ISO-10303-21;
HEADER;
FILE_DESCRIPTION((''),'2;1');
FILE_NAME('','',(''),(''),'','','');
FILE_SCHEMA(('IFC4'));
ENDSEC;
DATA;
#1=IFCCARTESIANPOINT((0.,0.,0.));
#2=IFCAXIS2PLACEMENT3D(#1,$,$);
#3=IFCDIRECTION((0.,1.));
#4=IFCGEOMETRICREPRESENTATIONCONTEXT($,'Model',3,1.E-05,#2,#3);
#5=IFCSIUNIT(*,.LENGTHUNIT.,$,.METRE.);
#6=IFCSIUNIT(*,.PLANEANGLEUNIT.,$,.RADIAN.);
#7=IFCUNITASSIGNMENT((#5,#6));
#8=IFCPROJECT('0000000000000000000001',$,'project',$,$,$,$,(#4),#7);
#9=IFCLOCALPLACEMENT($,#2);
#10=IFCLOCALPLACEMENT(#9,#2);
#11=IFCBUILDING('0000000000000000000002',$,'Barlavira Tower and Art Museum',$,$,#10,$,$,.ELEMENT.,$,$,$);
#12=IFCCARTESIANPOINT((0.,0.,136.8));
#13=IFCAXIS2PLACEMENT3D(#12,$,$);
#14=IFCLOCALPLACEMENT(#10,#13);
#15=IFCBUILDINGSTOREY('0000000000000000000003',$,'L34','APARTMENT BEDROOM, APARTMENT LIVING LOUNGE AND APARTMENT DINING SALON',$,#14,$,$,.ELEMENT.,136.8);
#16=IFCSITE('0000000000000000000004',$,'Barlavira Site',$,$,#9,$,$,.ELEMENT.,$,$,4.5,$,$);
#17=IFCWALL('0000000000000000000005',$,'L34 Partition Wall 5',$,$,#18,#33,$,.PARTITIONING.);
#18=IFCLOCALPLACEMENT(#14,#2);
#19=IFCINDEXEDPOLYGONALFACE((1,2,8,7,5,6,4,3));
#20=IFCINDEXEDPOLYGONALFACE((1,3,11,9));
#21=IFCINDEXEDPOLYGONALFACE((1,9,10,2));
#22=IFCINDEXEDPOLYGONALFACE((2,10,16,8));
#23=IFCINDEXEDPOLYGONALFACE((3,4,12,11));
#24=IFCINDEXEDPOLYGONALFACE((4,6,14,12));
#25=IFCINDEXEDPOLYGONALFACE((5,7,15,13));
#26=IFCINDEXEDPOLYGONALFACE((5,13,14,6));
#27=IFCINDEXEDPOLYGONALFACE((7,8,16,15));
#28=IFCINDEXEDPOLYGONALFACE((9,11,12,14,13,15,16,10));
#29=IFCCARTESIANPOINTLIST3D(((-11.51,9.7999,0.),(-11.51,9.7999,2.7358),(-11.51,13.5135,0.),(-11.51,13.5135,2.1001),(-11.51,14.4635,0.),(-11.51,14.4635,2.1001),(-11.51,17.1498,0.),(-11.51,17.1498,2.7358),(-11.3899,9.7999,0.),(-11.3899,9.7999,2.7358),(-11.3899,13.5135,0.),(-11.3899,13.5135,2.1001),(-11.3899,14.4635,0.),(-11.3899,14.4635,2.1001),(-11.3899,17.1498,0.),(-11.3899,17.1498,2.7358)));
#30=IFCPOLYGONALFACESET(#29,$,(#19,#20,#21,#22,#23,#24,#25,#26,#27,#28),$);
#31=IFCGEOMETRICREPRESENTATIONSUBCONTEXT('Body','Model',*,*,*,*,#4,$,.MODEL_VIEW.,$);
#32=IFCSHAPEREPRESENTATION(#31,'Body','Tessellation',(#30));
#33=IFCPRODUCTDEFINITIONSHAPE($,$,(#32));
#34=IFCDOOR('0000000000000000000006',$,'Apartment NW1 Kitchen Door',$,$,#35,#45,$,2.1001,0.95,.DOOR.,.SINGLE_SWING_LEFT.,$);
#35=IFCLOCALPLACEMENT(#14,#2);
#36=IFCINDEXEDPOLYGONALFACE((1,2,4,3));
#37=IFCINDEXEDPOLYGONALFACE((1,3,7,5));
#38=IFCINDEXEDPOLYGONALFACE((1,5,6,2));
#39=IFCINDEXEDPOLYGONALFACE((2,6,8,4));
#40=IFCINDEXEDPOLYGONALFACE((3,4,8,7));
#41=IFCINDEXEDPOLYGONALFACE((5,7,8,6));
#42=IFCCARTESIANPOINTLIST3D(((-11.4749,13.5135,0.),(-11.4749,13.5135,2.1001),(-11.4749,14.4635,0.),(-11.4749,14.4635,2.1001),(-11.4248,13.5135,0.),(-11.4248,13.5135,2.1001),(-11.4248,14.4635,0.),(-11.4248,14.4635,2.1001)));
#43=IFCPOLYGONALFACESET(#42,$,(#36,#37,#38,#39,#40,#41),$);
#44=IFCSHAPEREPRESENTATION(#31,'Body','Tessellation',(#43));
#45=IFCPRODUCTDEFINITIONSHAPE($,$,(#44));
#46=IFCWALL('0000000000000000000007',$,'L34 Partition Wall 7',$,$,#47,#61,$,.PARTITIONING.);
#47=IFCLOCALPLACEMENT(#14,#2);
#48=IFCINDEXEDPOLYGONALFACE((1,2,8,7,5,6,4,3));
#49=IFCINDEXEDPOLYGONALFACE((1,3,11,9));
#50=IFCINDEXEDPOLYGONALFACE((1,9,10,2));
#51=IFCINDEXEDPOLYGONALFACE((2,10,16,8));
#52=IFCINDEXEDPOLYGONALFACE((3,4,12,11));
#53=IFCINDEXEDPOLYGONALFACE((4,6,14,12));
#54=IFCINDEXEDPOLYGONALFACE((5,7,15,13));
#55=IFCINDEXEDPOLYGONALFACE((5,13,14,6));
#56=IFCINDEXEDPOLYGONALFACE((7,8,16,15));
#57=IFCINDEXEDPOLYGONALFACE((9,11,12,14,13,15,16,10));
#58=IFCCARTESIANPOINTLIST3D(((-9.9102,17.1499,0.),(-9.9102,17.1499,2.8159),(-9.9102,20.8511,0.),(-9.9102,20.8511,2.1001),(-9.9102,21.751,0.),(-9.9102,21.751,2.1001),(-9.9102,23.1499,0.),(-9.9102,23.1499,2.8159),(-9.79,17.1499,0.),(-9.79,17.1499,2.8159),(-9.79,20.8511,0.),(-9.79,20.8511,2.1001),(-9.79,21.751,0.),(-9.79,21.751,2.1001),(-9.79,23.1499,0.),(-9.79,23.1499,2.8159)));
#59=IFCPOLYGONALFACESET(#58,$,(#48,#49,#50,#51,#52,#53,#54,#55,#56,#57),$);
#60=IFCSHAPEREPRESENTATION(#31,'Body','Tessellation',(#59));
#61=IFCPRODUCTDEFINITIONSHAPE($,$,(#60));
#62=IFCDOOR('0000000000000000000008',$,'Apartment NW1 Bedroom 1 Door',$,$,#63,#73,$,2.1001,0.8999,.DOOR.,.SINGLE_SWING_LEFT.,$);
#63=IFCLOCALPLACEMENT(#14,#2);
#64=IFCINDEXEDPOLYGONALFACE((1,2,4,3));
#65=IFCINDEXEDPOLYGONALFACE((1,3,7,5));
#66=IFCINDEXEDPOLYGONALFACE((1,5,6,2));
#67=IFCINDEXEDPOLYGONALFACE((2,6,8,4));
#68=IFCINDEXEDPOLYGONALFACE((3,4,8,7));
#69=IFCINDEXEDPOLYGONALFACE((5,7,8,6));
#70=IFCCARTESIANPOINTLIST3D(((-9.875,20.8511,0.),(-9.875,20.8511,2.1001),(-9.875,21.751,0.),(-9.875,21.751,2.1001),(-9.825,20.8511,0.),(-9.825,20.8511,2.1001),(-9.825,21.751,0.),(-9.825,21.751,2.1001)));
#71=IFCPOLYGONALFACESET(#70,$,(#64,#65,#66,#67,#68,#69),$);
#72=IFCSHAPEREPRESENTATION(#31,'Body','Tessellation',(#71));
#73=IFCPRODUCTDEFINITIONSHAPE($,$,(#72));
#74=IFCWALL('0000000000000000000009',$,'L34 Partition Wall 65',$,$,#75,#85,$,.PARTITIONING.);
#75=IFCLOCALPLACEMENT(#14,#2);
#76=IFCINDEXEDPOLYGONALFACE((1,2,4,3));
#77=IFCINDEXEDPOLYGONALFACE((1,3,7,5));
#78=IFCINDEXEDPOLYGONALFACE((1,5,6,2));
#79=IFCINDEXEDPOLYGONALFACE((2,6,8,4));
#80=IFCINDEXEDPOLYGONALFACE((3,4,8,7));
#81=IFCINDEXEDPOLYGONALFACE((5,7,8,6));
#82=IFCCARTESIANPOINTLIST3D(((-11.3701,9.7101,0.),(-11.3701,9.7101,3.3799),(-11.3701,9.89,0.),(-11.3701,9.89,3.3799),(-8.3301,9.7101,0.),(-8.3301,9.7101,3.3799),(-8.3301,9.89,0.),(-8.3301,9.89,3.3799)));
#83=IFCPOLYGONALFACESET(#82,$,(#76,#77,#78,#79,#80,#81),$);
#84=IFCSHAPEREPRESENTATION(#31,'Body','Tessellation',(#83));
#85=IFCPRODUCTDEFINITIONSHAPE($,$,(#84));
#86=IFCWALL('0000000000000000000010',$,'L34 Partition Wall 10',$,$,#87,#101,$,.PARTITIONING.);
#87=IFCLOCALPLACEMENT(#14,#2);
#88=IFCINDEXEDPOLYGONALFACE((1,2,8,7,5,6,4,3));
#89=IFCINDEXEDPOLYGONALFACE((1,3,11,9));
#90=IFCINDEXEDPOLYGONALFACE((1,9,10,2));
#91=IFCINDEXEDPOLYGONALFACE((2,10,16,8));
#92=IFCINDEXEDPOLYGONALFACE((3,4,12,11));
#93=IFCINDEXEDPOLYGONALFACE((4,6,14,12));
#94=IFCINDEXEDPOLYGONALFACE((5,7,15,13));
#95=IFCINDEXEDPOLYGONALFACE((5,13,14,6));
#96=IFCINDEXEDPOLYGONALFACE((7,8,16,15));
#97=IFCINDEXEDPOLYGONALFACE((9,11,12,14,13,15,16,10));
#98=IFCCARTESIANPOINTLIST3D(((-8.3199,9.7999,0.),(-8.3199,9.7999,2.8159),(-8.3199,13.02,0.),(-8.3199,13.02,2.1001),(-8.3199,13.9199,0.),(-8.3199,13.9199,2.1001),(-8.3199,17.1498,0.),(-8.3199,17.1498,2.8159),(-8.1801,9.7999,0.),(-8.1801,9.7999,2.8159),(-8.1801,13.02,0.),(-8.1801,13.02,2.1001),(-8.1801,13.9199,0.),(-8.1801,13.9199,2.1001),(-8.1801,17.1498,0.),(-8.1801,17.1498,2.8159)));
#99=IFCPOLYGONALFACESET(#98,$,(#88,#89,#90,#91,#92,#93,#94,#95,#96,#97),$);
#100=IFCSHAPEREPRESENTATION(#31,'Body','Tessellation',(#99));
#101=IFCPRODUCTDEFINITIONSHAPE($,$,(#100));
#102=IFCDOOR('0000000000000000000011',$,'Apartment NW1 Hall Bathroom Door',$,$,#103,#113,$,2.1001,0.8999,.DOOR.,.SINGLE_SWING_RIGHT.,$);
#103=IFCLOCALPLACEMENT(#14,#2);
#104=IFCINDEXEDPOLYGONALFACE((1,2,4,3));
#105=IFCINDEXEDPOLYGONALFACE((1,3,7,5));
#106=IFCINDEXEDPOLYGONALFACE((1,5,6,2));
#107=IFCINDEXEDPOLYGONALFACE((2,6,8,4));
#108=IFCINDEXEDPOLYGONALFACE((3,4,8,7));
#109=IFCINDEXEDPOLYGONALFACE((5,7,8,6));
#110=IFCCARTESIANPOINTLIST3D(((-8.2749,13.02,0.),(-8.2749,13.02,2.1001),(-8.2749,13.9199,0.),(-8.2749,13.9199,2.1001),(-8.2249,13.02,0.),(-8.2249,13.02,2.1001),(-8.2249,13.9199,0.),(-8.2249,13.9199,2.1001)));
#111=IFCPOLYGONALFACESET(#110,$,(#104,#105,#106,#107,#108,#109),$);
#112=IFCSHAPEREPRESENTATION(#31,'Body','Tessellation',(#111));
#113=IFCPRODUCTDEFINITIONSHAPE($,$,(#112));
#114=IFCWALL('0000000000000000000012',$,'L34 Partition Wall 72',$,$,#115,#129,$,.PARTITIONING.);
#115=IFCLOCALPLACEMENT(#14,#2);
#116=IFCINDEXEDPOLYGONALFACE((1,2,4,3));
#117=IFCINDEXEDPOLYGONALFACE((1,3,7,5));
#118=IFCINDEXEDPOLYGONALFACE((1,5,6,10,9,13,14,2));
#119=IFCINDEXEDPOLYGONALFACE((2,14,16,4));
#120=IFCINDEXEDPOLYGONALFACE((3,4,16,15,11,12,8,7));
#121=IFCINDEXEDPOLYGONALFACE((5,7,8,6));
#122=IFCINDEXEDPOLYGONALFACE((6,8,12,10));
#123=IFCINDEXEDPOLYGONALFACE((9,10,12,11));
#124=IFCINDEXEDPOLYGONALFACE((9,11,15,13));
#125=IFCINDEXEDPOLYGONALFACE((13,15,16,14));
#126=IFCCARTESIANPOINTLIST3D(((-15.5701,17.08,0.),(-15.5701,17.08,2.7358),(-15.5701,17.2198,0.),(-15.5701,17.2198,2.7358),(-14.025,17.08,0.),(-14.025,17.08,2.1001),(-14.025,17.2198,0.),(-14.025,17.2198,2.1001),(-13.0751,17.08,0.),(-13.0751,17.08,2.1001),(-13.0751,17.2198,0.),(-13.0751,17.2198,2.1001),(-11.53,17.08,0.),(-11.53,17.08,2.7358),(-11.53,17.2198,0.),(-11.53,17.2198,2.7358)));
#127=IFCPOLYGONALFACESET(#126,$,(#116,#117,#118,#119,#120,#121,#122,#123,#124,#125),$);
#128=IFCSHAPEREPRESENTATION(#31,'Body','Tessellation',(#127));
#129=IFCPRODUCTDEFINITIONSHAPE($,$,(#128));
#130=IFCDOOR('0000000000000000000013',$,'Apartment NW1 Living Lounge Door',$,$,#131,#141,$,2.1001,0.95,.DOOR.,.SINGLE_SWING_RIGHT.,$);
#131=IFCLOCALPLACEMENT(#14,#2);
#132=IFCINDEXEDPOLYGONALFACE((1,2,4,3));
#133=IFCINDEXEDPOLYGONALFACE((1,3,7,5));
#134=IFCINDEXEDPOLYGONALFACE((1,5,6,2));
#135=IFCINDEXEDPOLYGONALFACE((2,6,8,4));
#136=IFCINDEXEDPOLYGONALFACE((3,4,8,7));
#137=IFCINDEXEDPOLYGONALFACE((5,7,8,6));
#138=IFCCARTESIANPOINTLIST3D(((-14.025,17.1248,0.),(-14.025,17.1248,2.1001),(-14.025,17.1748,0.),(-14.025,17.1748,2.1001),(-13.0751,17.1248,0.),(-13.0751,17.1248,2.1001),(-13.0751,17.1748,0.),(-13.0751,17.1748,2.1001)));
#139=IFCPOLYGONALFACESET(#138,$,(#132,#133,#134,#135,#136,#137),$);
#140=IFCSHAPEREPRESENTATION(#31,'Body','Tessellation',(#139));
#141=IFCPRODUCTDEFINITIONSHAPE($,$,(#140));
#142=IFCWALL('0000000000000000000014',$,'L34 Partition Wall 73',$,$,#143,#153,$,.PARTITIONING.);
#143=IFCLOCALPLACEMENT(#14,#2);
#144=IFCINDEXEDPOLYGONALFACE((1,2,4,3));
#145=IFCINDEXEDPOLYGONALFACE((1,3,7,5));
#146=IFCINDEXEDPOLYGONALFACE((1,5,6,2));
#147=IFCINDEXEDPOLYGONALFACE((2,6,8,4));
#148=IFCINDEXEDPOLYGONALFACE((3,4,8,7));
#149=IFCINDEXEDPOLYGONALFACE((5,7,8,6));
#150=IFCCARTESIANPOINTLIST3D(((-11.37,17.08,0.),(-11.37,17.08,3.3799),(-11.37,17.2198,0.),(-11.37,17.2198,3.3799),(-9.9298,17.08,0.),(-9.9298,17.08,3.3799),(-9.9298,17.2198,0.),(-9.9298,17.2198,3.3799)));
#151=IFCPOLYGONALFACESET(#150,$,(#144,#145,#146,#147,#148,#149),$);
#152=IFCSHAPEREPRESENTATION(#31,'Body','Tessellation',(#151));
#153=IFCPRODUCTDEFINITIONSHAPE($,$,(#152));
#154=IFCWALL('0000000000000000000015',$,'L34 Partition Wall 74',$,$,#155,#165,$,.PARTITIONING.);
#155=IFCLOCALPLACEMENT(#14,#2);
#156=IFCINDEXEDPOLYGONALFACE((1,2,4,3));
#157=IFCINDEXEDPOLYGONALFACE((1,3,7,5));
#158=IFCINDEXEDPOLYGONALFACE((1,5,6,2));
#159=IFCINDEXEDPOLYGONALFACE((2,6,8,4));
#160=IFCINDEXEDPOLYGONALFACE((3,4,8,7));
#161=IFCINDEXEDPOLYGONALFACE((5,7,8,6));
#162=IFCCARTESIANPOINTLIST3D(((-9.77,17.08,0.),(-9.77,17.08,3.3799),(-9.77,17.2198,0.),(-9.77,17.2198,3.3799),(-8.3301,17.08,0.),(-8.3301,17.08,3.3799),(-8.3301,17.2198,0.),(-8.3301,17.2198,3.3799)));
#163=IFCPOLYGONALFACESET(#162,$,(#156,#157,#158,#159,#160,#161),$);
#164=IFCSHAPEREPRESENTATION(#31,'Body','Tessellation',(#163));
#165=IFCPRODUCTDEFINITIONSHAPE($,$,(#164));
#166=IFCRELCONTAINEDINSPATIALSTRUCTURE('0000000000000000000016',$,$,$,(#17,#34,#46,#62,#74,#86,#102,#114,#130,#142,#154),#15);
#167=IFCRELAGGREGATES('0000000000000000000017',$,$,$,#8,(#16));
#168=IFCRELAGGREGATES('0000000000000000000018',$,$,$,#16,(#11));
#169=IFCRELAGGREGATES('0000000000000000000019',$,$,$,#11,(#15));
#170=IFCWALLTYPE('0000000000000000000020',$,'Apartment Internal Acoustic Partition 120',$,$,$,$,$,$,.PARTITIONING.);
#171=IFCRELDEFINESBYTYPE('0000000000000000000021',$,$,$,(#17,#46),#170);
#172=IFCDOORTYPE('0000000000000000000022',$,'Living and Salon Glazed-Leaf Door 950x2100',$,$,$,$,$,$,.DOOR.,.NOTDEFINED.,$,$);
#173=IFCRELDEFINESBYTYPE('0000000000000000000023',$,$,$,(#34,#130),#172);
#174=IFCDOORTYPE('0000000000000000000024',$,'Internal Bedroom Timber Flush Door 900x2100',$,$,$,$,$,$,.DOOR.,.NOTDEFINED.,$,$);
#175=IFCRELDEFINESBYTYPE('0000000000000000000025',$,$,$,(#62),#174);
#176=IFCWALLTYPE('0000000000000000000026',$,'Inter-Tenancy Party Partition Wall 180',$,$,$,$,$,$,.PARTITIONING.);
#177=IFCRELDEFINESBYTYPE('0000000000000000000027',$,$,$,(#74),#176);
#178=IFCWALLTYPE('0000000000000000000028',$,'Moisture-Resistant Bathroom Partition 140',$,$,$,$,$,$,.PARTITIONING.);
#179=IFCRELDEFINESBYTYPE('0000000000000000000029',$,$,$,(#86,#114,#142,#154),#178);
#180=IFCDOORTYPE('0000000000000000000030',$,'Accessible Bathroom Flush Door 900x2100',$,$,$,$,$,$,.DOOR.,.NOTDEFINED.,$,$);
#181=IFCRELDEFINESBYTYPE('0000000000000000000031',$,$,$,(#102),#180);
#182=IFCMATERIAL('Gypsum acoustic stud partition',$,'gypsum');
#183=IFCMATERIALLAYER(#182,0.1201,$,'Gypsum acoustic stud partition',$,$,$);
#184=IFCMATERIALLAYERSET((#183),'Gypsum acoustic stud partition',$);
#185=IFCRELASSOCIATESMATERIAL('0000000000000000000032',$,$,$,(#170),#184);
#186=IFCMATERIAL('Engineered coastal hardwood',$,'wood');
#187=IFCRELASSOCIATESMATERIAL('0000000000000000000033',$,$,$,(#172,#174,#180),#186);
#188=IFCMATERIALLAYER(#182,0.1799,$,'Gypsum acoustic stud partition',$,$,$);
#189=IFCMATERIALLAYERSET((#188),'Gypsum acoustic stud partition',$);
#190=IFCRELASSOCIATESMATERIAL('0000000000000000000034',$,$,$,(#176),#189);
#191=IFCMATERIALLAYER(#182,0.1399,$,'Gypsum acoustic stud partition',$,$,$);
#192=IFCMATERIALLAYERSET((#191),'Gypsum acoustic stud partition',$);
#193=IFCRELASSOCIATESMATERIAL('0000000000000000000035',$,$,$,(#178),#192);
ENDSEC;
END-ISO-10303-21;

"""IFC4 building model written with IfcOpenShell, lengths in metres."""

from ifc_helpers import new_model, si_unit, direction, frame, frame_2d, origin, place, context, subcontext, project, spatial, rectangle, extrude, material, layer, layer_set, type_object, element, fill, save


model = new_model("IFC4")

# Units and contexts
model_context = context("Model", 3, precision=1e-05, world=origin(), true_north=direction((0.0, 1.0)))
body_context = subcontext(model_context, "Body", "Model", "MODEL_VIEW")
ifc_project = project(units=[si_unit("LENGTHUNIT", "METRE"), si_unit("PLANEANGLEUNIT", "RADIAN")], contexts=[model_context])

# Site, building, storey
site_placement = place(None, origin())
site = spatial("IfcSite", under=ifc_project, at=site_placement, Name="Barlavira Site", CompositionType="ELEMENT", RefElevation=4.5)
building_placement = place(site_placement, origin())
building = spatial("IfcBuilding", under=site, at=building_placement, Name="Barlavira Tower and Art Museum", CompositionType="ELEMENT")
storey_placement = place(building_placement, frame((0.0, 0.0, 136.8)))
storey = spatial("IfcBuildingStorey", under=building, at=storey_placement, Name="L34", Description="APARTMENT BEDROOM, APARTMENT LIVING LOUNGE AND APARTMENT DINING SALON", CompositionType="ELEMENT", Elevation=136.8)

# Walls, openings, doors
ifc_material_1 = material(Name="Gypsum acoustic stud partition", Category="gypsum")
ifc_layer_1 = layer(ifc_material_1, 0.1201, Name="Gypsum acoustic stud partition")
ifc_layer_set_1 = layer_set([ifc_layer_1], Name="Gypsum acoustic stud partition")
wall_type_1 = type_object("IfcWallType", Name="Apartment Internal Acoustic Partition 120", PredefinedType="PARTITIONING", material=ifc_layer_set_1)
wall_1_placement = place(storey_placement, frame((-11.45, 9.8, 0.0), z_axis=(0.0, 0.0, 1.0), x_axis=(0.0, 1.0, 0.0)))
wall_1 = element("IfcWall", 1, at=wall_1_placement, inside=storey, type_object=wall_type_1, Name="L34 Partition Wall 5", PredefinedType="PARTITIONING", context=body_context, shape_type="SweptSolid", body=[
    extrude(rectangle(XDim=7.3499, YDim=0.1201, at=frame_2d((3.6748, 0.0))), origin(), (0.0, 0.0, 1.0), 2.7358),
])
opening_1_placement = place(wall_1_placement, frame((3.7134, 0.0, 0.0)))
opening_1 = element("IfcOpeningElement", 2, at=opening_1_placement, cuts=wall_1, PredefinedType="OPENING", context=body_context, shape_type="SweptSolid", body=[
    extrude(rectangle(XDim=0.95, YDim=2.1001, at=frame_2d((0.4751, 1.05))), frame((0.0, 0.0701, 0.0), z_axis=(0.0, -1.0, 0.0), x_axis=(1.0, 0.0, 0.0)), (0.0, 0.0, 1.0), 0.1401),
])
ifc_material_2 = material(Name="Engineered coastal hardwood", Category="wood")
door_type_1 = type_object("IfcDoorType", Name="Living and Salon Glazed-Leaf Door 950x2100", OperationType="NOTDEFINED", PredefinedType="DOOR", material=ifc_material_2)
door_1_placement = place(opening_1_placement, origin())
door_1 = element("IfcDoor", 3, at=door_1_placement, inside=storey, type_object=door_type_1, Name="Apartment NW1 Kitchen Door", OperationType="SINGLE_SWING_LEFT", OverallHeight=2.1001, OverallWidth=0.95, PredefinedType="DOOR", context=body_context, shape_type="SweptSolid", body=[
    extrude(rectangle(XDim=0.95, YDim=2.1001, at=frame_2d((0.4751, 1.05))), frame((0.0, 0.0249, 0.0), z_axis=(0.0, -1.0, 0.0), x_axis=(1.0, 0.0, 0.0)), (0.0, 0.0, 1.0), 0.05),
])
fill(opening_1, door_1)
wall_2_placement = place(storey_placement, frame((-9.8501, 17.1499, 0.0), z_axis=(0.0, 0.0, 1.0), x_axis=(0.0, 1.0, 0.0)))
wall_2 = element("IfcWall", 4, at=wall_2_placement, inside=storey, type_object=wall_type_1, Name="L34 Partition Wall 7", PredefinedType="PARTITIONING", context=body_context, shape_type="SweptSolid", body=[
    extrude(rectangle(XDim=6.0, YDim=0.1201, at=frame_2d((3.0, 0.0))), origin(), (0.0, 0.0, 1.0), 2.8159),
])
opening_2_placement = place(wall_2_placement, frame((3.7012, 0.0, 0.0)))
opening_2 = element("IfcOpeningElement", 5, at=opening_2_placement, cuts=wall_2, PredefinedType="OPENING", context=body_context, shape_type="SweptSolid", body=[
    extrude(rectangle(XDim=0.8999, YDim=2.1001, at=frame_2d((0.45, 1.05))), frame((0.0, 0.0701, 0.0), z_axis=(0.0, -1.0, 0.0), x_axis=(1.0, 0.0, 0.0)), (0.0, 0.0, 1.0), 0.1401),
])
door_type_2 = type_object("IfcDoorType", Name="Internal Bedroom Timber Flush Door 900x2100", OperationType="NOTDEFINED", PredefinedType="DOOR", material=ifc_material_2)
door_2_placement = place(opening_2_placement, origin())
door_2 = element("IfcDoor", 6, at=door_2_placement, inside=storey, type_object=door_type_2, Name="Apartment NW1 Bedroom 1 Door", OperationType="SINGLE_SWING_LEFT", OverallHeight=2.1001, OverallWidth=0.8999, PredefinedType="DOOR", context=body_context, shape_type="SweptSolid", body=[
    extrude(rectangle(XDim=0.8999, YDim=2.1001, at=frame_2d((0.45, 1.05))), frame((0.0, 0.0249, 0.0), z_axis=(0.0, -1.0, 0.0), x_axis=(1.0, 0.0, 0.0)), (0.0, 0.0, 1.0), 0.05),
])
fill(opening_2, door_2)

# Wall
ifc_layer_2 = layer(ifc_material_1, 0.1799, Name="Gypsum acoustic stud partition")
ifc_layer_set_2 = layer_set([ifc_layer_2], Name="Gypsum acoustic stud partition")
wall_type_2 = type_object("IfcWallType", Name="Inter-Tenancy Party Partition Wall 180", PredefinedType="PARTITIONING", material=ifc_layer_set_2)
wall_3_placement = place(storey_placement, frame((-11.3701, 9.8, 0.0), z_axis=(0.0, 0.0, 1.0), x_axis=(1.0, 0.0, 0.0)))
element("IfcWall", 7, at=wall_3_placement, inside=storey, type_object=wall_type_2, Name="L34 Partition Wall 65", PredefinedType="PARTITIONING", context=body_context, shape_type="SweptSolid", body=[
    extrude(rectangle(XDim=3.04, YDim=0.1799, at=frame_2d((1.52, 0.0))), origin(), (0.0, 0.0, 1.0), 3.3799),
])

# Walls, openings, doors
ifc_layer_3 = layer(ifc_material_1, 0.1399, Name="Gypsum acoustic stud partition")
ifc_layer_set_3 = layer_set([ifc_layer_3], Name="Gypsum acoustic stud partition")
wall_type_3 = type_object("IfcWallType", Name="Moisture-Resistant Bathroom Partition 140", PredefinedType="PARTITIONING", material=ifc_layer_set_3)
wall_4_placement = place(storey_placement, frame((-8.25, 9.8, 0.0), z_axis=(0.0, 0.0, 1.0), x_axis=(0.0, 1.0, 0.0)))
wall_4 = element("IfcWall", 8, at=wall_4_placement, inside=storey, type_object=wall_type_3, Name="L34 Partition Wall 10", PredefinedType="PARTITIONING", context=body_context, shape_type="SweptSolid", body=[
    extrude(rectangle(XDim=7.3499, YDim=0.1399, at=frame_2d((3.6748, 0.0))), origin(), (0.0, 0.0, 1.0), 2.8159),
])
opening_3_placement = place(wall_4_placement, frame((3.22, 0.0, 0.0)))
opening_3 = element("IfcOpeningElement", 9, at=opening_3_placement, cuts=wall_4, PredefinedType="OPENING", context=body_context, shape_type="SweptSolid", body=[
    extrude(rectangle(XDim=0.8999, YDim=2.1001, at=frame_2d((0.45, 1.05))), frame((0.0, 0.0801, 0.0), z_axis=(0.0, -1.0, 0.0), x_axis=(1.0, 0.0, 0.0)), (0.0, 0.0, 1.0), 0.1599),
])
door_type_3 = type_object("IfcDoorType", Name="Accessible Bathroom Flush Door 900x2100", OperationType="NOTDEFINED", PredefinedType="DOOR", material=ifc_material_2)
door_3_placement = place(opening_3_placement, origin())
door_3 = element("IfcDoor", 10, at=door_3_placement, inside=storey, type_object=door_type_3, Name="Apartment NW1 Hall Bathroom Door", OperationType="SINGLE_SWING_RIGHT", OverallHeight=2.1001, OverallWidth=0.8999, PredefinedType="DOOR", context=body_context, shape_type="SweptSolid", body=[
    extrude(rectangle(XDim=0.8999, YDim=2.1001, at=frame_2d((0.45, 1.05))), frame((0.0, 0.0249, 0.0), z_axis=(0.0, -1.0, 0.0), x_axis=(1.0, 0.0, 0.0)), (0.0, 0.0, 1.0), 0.05),
])
fill(opening_3, door_3)
wall_5_placement = place(storey_placement, frame((-15.5701, 17.1499, 0.0), z_axis=(0.0, 0.0, 1.0), x_axis=(1.0, 0.0, 0.0)))
wall_5 = element("IfcWall", 11, at=wall_5_placement, inside=storey, type_object=wall_type_3, Name="L34 Partition Wall 72", PredefinedType="PARTITIONING", context=body_context, shape_type="SweptSolid", body=[
    extrude(rectangle(XDim=4.04, YDim=0.1399, at=frame_2d((2.02, 0.0))), origin(), (0.0, 0.0, 1.0), 2.7358),
])
opening_4_placement = place(wall_5_placement, frame((1.5449, 0.0, 0.0)))
opening_4 = element("IfcOpeningElement", 12, at=opening_4_placement, cuts=wall_5, PredefinedType="OPENING", context=body_context, shape_type="SweptSolid", body=[
    extrude(rectangle(XDim=0.95, YDim=2.1001, at=frame_2d((0.4751, 1.05))), frame((0.0, 0.0801, 0.0), z_axis=(0.0, -1.0, 0.0), x_axis=(1.0, 0.0, 0.0)), (0.0, 0.0, 1.0), 0.1599),
])
door_4_placement = place(opening_4_placement, origin())
door_4 = element("IfcDoor", 13, at=door_4_placement, inside=storey, type_object=door_type_1, Name="Apartment NW1 Living Lounge Door", OperationType="SINGLE_SWING_RIGHT", OverallHeight=2.1001, OverallWidth=0.95, PredefinedType="DOOR", context=body_context, shape_type="SweptSolid", body=[
    extrude(rectangle(XDim=0.95, YDim=2.1001, at=frame_2d((0.4751, 1.05))), frame((0.0, 0.0249, 0.0), z_axis=(0.0, -1.0, 0.0), x_axis=(1.0, 0.0, 0.0)), (0.0, 0.0, 1.0), 0.05),
])
fill(opening_4, door_4)

# Walls
wall_6_placement = place(storey_placement, frame((-11.3701, 17.1499, 0.0), z_axis=(0.0, 0.0, 1.0), x_axis=(1.0, 0.0, 0.0)))
element("IfcWall", 14, at=wall_6_placement, inside=storey, type_object=wall_type_3, Name="L34 Partition Wall 73", PredefinedType="PARTITIONING", context=body_context, shape_type="SweptSolid", body=[
    extrude(rectangle(XDim=1.4402, YDim=0.1399, at=frame_2d((0.7202, 0.0))), origin(), (0.0, 0.0, 1.0), 3.3799),
])
wall_7_placement = place(storey_placement, frame((-9.77, 17.1499, 0.0), z_axis=(0.0, 0.0, 1.0), x_axis=(1.0, 0.0, 0.0)))
element("IfcWall", 15, at=wall_7_placement, inside=storey, type_object=wall_type_3, Name="L34 Partition Wall 74", PredefinedType="PARTITIONING", context=body_context, shape_type="SweptSolid", body=[
    extrude(rectangle(XDim=1.4399, YDim=0.1399, at=frame_2d((0.72, 0.0))), origin(), (0.0, 0.0, 1.0), 3.3799),
])

save(model, "model.ifc")
